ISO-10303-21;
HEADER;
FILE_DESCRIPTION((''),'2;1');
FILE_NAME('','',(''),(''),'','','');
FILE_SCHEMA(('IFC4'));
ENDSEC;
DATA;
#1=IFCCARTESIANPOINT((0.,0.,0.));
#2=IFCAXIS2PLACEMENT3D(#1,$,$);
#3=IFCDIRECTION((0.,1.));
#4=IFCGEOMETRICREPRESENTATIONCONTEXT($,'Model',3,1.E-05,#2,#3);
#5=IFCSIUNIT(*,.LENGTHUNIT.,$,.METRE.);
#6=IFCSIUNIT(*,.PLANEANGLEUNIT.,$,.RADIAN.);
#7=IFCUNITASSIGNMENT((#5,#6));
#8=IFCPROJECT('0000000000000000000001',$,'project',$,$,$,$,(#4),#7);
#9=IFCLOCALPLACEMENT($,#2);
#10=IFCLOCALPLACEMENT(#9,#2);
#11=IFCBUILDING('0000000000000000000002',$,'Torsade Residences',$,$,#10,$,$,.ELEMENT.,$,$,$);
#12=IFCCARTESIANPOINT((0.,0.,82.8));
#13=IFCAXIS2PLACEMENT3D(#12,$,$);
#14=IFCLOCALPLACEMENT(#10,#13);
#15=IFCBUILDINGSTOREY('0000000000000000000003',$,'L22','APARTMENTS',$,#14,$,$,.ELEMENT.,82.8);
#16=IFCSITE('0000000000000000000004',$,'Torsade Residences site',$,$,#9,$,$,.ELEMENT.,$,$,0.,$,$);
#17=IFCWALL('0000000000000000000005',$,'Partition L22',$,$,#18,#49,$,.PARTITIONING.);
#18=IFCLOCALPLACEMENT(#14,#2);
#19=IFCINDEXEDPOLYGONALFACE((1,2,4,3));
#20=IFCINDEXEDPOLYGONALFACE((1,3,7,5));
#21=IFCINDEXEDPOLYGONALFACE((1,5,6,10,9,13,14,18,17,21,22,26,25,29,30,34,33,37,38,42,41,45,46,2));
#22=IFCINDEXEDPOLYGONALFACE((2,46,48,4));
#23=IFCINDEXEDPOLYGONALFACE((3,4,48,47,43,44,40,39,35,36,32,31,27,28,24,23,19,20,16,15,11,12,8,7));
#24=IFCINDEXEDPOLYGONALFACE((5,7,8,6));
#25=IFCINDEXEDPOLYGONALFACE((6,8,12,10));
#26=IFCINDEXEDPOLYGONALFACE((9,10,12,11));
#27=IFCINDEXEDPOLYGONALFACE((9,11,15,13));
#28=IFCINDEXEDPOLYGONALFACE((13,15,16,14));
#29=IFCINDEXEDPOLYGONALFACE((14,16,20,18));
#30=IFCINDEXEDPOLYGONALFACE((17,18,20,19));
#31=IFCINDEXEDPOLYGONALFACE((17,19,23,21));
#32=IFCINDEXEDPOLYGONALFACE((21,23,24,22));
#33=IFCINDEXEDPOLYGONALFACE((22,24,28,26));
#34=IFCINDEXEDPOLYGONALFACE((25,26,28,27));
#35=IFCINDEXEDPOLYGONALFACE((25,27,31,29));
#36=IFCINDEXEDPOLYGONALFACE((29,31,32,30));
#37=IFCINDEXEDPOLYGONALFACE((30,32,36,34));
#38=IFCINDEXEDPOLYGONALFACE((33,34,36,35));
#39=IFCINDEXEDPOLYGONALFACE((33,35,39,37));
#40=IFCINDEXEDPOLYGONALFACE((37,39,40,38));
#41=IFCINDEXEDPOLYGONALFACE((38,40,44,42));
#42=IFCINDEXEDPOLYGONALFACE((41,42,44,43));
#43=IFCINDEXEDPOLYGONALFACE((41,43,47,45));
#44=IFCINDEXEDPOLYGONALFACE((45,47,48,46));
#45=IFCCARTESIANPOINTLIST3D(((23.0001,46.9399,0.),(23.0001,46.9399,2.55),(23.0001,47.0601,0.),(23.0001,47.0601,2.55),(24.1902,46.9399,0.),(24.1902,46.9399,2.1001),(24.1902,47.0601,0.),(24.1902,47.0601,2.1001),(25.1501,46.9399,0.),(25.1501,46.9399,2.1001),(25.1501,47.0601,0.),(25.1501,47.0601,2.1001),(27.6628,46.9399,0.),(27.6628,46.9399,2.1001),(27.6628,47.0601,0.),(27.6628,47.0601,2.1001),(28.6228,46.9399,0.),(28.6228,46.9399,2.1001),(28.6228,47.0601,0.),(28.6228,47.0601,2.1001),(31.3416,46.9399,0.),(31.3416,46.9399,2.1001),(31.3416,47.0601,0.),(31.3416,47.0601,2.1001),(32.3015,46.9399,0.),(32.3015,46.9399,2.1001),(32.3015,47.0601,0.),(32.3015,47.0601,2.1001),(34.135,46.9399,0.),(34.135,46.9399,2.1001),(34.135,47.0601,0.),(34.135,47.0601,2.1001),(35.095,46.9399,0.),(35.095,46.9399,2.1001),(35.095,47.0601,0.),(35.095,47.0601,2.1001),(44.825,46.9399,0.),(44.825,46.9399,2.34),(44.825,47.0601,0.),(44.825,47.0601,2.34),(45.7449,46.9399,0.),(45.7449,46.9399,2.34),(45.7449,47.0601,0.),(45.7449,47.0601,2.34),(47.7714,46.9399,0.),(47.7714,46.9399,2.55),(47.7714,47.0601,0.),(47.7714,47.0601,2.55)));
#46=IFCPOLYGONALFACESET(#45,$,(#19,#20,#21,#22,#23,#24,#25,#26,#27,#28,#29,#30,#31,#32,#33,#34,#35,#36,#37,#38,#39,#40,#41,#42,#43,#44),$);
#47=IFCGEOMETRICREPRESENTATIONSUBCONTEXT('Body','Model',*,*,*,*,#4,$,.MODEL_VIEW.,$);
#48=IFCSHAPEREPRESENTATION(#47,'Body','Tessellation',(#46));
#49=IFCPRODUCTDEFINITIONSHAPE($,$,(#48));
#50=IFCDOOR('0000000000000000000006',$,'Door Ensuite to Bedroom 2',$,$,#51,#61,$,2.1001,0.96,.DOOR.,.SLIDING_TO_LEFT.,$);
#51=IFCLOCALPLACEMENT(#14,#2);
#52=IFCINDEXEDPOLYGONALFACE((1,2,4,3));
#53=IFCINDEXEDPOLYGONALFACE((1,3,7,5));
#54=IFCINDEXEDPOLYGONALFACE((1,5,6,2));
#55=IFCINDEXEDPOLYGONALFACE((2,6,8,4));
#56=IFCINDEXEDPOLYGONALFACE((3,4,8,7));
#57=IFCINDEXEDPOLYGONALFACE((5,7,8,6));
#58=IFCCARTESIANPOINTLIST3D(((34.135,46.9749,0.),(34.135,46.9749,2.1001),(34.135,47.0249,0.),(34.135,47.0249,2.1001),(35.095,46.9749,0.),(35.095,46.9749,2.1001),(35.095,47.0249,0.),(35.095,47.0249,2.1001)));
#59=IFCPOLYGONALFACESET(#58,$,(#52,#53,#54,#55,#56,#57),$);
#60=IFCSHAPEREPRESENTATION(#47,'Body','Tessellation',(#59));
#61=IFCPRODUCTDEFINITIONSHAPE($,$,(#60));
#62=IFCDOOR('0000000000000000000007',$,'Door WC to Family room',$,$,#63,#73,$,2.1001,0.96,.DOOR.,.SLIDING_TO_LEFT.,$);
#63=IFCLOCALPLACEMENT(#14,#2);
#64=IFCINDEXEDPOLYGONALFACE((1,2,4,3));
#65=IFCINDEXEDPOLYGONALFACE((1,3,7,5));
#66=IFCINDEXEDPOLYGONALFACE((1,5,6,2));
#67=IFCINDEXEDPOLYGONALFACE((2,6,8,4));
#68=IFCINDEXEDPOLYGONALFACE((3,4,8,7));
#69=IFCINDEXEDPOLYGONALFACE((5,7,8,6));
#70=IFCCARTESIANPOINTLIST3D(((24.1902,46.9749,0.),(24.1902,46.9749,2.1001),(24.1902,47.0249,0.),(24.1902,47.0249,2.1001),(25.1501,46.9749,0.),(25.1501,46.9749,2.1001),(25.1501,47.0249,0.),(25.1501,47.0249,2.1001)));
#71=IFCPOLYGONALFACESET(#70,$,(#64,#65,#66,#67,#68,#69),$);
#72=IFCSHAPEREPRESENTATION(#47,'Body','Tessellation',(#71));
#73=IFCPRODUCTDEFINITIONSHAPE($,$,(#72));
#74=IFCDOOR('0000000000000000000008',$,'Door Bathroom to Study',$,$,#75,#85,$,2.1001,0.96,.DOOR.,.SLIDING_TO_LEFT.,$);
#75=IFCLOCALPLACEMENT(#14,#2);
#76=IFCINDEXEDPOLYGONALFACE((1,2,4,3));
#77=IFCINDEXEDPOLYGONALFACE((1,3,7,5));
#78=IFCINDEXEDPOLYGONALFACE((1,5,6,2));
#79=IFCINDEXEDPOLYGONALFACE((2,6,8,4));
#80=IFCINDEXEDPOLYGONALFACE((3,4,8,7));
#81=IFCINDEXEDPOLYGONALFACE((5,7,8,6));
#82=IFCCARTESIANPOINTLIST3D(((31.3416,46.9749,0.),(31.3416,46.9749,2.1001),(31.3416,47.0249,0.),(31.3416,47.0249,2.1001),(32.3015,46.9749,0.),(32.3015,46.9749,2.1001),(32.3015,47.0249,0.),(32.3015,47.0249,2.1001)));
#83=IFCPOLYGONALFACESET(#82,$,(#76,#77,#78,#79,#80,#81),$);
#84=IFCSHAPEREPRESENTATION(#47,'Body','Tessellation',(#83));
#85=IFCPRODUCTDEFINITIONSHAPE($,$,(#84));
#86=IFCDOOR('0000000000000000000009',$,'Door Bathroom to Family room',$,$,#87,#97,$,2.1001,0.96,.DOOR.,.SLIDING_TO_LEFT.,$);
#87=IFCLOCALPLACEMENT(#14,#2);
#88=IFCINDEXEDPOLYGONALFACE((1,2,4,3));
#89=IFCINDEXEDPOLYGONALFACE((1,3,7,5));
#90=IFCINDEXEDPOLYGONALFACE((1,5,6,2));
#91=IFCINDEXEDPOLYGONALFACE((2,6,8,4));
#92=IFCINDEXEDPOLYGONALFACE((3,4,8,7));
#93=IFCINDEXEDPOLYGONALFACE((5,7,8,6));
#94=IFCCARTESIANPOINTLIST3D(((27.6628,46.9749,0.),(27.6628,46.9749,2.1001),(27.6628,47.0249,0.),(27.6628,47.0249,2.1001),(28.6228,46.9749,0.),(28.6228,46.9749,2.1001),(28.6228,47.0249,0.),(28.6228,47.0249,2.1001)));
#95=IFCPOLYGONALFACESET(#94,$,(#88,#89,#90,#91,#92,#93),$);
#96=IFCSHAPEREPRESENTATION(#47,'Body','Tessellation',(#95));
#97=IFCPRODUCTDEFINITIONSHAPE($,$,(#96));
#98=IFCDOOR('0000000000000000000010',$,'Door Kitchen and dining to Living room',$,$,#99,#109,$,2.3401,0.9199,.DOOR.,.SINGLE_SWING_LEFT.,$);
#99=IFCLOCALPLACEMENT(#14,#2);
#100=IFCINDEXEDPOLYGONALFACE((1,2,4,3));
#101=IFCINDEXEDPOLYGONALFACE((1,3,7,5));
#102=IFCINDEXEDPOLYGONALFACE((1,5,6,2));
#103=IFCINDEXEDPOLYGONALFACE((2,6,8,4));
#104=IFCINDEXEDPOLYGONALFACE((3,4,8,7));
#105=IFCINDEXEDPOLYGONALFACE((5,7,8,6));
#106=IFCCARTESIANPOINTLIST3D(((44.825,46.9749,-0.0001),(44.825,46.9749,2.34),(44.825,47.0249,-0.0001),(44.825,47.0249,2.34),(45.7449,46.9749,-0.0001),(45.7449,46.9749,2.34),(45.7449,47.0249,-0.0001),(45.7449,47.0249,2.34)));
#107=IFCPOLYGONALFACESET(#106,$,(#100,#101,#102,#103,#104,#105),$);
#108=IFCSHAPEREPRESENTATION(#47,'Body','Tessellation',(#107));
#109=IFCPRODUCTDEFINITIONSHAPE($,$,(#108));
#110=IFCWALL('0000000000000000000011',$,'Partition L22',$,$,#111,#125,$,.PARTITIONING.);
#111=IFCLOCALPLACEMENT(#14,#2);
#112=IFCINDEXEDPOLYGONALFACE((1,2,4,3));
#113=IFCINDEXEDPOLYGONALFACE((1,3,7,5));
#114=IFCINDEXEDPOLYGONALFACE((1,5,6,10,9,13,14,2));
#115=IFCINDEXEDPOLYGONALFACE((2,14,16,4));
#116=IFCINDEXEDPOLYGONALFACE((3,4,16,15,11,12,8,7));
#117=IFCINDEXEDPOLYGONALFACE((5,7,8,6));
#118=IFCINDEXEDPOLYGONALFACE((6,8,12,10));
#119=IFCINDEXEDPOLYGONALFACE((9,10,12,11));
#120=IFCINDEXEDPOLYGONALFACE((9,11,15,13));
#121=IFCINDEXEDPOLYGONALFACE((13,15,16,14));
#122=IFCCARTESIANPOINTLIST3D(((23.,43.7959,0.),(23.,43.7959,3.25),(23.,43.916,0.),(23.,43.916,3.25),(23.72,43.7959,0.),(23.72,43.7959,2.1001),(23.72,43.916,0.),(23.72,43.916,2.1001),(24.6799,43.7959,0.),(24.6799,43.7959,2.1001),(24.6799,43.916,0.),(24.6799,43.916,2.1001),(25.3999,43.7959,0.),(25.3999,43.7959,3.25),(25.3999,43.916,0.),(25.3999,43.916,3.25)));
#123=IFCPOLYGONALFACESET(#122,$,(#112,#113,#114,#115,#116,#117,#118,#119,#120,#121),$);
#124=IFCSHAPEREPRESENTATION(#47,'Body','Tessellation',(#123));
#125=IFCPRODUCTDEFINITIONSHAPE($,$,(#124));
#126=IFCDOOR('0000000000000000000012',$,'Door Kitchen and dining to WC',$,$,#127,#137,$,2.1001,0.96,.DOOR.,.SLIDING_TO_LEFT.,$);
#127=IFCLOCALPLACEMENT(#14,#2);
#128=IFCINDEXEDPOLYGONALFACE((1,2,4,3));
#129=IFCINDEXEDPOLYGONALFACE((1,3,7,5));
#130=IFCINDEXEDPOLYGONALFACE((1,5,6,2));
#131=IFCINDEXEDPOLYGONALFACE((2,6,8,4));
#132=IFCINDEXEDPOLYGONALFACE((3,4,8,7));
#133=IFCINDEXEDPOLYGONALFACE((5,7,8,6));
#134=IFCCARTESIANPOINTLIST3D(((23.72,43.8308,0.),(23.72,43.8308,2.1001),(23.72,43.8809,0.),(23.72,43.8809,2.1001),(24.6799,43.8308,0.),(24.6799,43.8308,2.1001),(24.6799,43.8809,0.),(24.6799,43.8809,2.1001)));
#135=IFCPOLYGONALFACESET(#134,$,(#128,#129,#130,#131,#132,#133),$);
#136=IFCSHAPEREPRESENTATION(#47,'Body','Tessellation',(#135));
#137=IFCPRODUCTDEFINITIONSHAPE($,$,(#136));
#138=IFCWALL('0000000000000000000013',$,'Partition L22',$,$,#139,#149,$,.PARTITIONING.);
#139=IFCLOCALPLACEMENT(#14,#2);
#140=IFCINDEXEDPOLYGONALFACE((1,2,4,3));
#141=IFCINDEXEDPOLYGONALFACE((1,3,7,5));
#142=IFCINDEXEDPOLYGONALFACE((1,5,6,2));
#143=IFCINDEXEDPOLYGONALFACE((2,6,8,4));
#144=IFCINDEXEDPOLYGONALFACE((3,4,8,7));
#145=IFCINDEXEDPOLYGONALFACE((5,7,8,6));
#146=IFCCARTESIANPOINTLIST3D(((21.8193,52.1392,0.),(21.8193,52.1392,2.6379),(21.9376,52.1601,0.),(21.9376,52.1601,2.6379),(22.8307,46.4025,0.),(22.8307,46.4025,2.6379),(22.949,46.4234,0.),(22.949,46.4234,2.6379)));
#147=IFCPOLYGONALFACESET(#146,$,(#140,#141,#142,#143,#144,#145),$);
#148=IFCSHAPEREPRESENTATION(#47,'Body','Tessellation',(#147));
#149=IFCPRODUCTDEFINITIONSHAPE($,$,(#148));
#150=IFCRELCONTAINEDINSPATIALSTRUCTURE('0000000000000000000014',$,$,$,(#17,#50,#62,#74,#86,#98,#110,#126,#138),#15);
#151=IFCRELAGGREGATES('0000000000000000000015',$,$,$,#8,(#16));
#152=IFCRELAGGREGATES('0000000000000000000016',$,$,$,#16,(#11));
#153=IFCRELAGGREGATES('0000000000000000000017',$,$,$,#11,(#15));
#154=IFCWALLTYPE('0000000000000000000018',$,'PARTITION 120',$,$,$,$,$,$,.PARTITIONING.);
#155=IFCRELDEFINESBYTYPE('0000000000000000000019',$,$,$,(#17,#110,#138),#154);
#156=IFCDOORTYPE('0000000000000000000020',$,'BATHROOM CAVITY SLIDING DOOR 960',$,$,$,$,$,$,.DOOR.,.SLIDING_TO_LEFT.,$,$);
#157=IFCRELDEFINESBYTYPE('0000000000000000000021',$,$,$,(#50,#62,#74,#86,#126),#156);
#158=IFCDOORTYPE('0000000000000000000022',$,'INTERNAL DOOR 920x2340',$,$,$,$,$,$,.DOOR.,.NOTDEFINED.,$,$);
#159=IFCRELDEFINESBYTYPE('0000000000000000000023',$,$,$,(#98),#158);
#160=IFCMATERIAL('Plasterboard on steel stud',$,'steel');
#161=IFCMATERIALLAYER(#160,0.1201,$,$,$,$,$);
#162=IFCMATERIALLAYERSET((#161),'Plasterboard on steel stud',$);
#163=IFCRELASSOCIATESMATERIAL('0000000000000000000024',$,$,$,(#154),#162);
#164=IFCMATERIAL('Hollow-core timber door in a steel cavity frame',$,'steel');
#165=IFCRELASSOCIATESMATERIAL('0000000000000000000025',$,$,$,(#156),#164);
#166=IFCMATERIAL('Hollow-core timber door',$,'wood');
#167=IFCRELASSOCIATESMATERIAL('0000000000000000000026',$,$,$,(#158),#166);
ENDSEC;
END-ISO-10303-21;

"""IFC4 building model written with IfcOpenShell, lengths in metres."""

from ifc_helpers import new_model, si_unit, direction, frame, frame_2d, origin, place, context, subcontext, project, spatial, rectangle, extrude, material, layer, layer_set, type_object, element, fill, save


model = new_model("IFC4")

# Units and contexts
model_context = context("Model", 3, precision=1e-05, world=origin(), true_north=direction((0.0, 1.0)))
body_context = subcontext(model_context, "Body", "Model", "MODEL_VIEW")
ifc_project = project(units=[si_unit("LENGTHUNIT", "METRE"), si_unit("PLANEANGLEUNIT", "RADIAN")], contexts=[model_context])

# Site, building, storey
site_placement = place(None, origin())
site = spatial("IfcSite", under=ifc_project, at=site_placement, Name="Torsade Residences site", CompositionType="ELEMENT", RefElevation=0.0)
building_placement = place(site_placement, origin())
building = spatial("IfcBuilding", under=site, at=building_placement, Name="Torsade Residences", CompositionType="ELEMENT")
storey_placement = place(building_placement, frame((0.0, 0.0, 82.8)))
storey = spatial("IfcBuildingStorey", under=building, at=storey_placement, Name="L22", Description="APARTMENTS", CompositionType="ELEMENT", Elevation=82.8)

# Wall, openings, doors
ifc_material_1 = material(Name="Plasterboard on steel stud", Category="steel")
ifc_layer_1 = layer(ifc_material_1, 0.1201)
ifc_layer_set_1 = layer_set([ifc_layer_1], Name="Plasterboard on steel stud")
wall_type = type_object("IfcWallType", Name="PARTITION 120", PredefinedType="PARTITIONING", material=ifc_layer_set_1)
wall_1_placement = place(storey_placement, frame((23.0, 47.0, 0.0), z_axis=(0.0, 0.0, 1.0), x_axis=(1.0, 0.0, 0.0)))
wall_1 = element("IfcWall", 1, at=wall_1_placement, inside=storey, type_object=wall_type, Name="Partition L22", PredefinedType="PARTITIONING", context=body_context, shape_type="SweptSolid", body=[
    extrude(rectangle(XDim=24.7712, YDim=0.1201, at=frame_2d((12.3857, 0.0))), origin(), (0.0, 0.0, 1.0), 2.55),
])
opening_1_placement = place(wall_1_placement, frame((21.825, 0.0, 0.0)))
opening_1 = element("IfcOpeningElement", 2, at=opening_1_placement, cuts=wall_1, PredefinedType="OPENING", context=body_context, shape_type="SweptSolid", body=[
    extrude(rectangle(XDim=0.9199, YDim=2.3401, at=frame_2d((0.46, 1.1699))), frame((0.0, 0.0701, 0.0), z_axis=(0.0, -1.0, 0.0), x_axis=(1.0, 0.0, 0.0)), (0.0, 0.0, 1.0), 0.1401),
])
opening_2_placement = place(wall_1_placement, frame((11.135, 0.0, 0.0)))
opening_2 = element("IfcOpeningElement", 3, at=opening_2_placement, cuts=wall_1, PredefinedType="OPENING", context=body_context, shape_type="SweptSolid", body=[
    extrude(rectangle(XDim=0.96, YDim=2.1001, at=frame_2d((0.48, 1.05))), frame((0.0, 0.0701, 0.0), z_axis=(0.0, -1.0, 0.0), x_axis=(1.0, 0.0, 0.0)), (0.0, 0.0, 1.0), 0.1401),
])
opening_3_placement = place(wall_1_placement, frame((1.1902, 0.0, 0.0)))
opening_3 = element("IfcOpeningElement", 4, at=opening_3_placement, cuts=wall_1, PredefinedType="OPENING", context=body_context, shape_type="SweptSolid", body=[
    extrude(rectangle(XDim=0.96, YDim=2.1001, at=frame_2d((0.48, 1.05))), frame((0.0, 0.0701, 0.0), z_axis=(0.0, -1.0, 0.0), x_axis=(1.0, 0.0, 0.0)), (0.0, 0.0, 1.0), 0.1401),
])
opening_4_placement = place(wall_1_placement, frame((8.3416, 0.0, 0.0)))
opening_4 = element("IfcOpeningElement", 5, at=opening_4_placement, cuts=wall_1, PredefinedType="OPENING", context=body_context, shape_type="SweptSolid", body=[
    extrude(rectangle(XDim=0.96, YDim=2.1001, at=frame_2d((0.48, 1.05))), frame((0.0, 0.0701, 0.0), z_axis=(0.0, -1.0, 0.0), x_axis=(1.0, 0.0, 0.0)), (0.0, 0.0, 1.0), 0.1401),
])
opening_5_placement = place(wall_1_placement, frame((4.6628, 0.0, 0.0)))
opening_5 = element("IfcOpeningElement", 6, at=opening_5_placement, cuts=wall_1, PredefinedType="OPENING", context=body_context, shape_type="SweptSolid", body=[
    extrude(rectangle(XDim=0.96, YDim=2.1001, at=frame_2d((0.48, 1.05))), frame((0.0, 0.0701, 0.0), z_axis=(0.0, -1.0, 0.0), x_axis=(1.0, 0.0, 0.0)), (0.0, 0.0, 1.0), 0.1401),
])
ifc_material_2 = material(Name="Hollow-core timber door in a steel cavity frame", Category="steel")
door_type_1 = type_object("IfcDoorType", Name="BATHROOM CAVITY SLIDING DOOR 960", OperationType="SLIDING_TO_LEFT", PredefinedType="DOOR", material=ifc_material_2)
door_1_placement = place(opening_2_placement, origin())
door_1 = element("IfcDoor", 7, at=door_1_placement, inside=storey, type_object=door_type_1, Name="Door Ensuite to Bedroom 2", OperationType="SLIDING_TO_LEFT", OverallHeight=2.1001, OverallWidth=0.96, PredefinedType="DOOR", context=body_context, shape_type="SweptSolid", body=[
    extrude(rectangle(XDim=0.96, YDim=2.1001, at=frame_2d((0.48, 1.05))), frame((0.0, 0.0249, 0.0), z_axis=(0.0, -1.0, 0.0), x_axis=(1.0, 0.0, 0.0)), (0.0, 0.0, 1.0), 0.05),
])
fill(opening_2, door_1)
door_2_placement = place(opening_3_placement, origin())
door_2 = element("IfcDoor", 8, at=door_2_placement, inside=storey, type_object=door_type_1, Name="Door WC to Family room", OperationType="SLIDING_TO_LEFT", OverallHeight=2.1001, OverallWidth=0.96, PredefinedType="DOOR", context=body_context, shape_type="SweptSolid", body=[
    extrude(rectangle(XDim=0.96, YDim=2.1001, at=frame_2d((0.48, 1.05))), frame((0.0, 0.0249, 0.0), z_axis=(0.0, -1.0, 0.0), x_axis=(1.0, 0.0, 0.0)), (0.0, 0.0, 1.0), 0.05),
])
fill(opening_3, door_2)
door_3_placement = place(opening_4_placement, origin())
door_3 = element("IfcDoor", 9, at=door_3_placement, inside=storey, type_object=door_type_1, Name="Door Bathroom to Study", OperationType="SLIDING_TO_LEFT", OverallHeight=2.1001, OverallWidth=0.96, PredefinedType="DOOR", context=body_context, shape_type="SweptSolid", body=[
    extrude(rectangle(XDim=0.96, YDim=2.1001, at=frame_2d((0.48, 1.05))), frame((0.0, 0.0249, 0.0), z_axis=(0.0, -1.0, 0.0), x_axis=(1.0, 0.0, 0.0)), (0.0, 0.0, 1.0), 0.05),
])
fill(opening_4, door_3)
door_4_placement = place(opening_5_placement, origin())
door_4 = element("IfcDoor", 10, at=door_4_placement, inside=storey, type_object=door_type_1, Name="Door Bathroom to Family room", OperationType="SLIDING_TO_LEFT", OverallHeight=2.1001, OverallWidth=0.96, PredefinedType="DOOR", context=body_context, shape_type="SweptSolid", body=[
    extrude(rectangle(XDim=0.96, YDim=2.1001, at=frame_2d((0.48, 1.05))), frame((0.0, 0.0249, 0.0), z_axis=(0.0, -1.0, 0.0), x_axis=(1.0, 0.0, 0.0)), (0.0, 0.0, 1.0), 0.05),
])
fill(opening_5, door_4)
ifc_material_3 = material(Name="Hollow-core timber door", Category="wood")
door_type_2 = type_object("IfcDoorType", Name="INTERNAL DOOR 920x2340", OperationType="NOTDEFINED", PredefinedType="DOOR", material=ifc_material_3)
door_5_placement = place(opening_1_placement, origin())
door_5 = element("IfcDoor", 11, at=door_5_placement, inside=storey, type_object=door_type_2, Name="Door Kitchen and dining to Living room", OperationType="SINGLE_SWING_LEFT", OverallHeight=2.3401, OverallWidth=0.9199, PredefinedType="DOOR", context=body_context, shape_type="SweptSolid", body=[
    extrude(rectangle(XDim=0.9199, YDim=2.3401, at=frame_2d((0.46, 1.1699))), frame((0.0, 0.0249, 0.0), z_axis=(0.0, -1.0, 0.0), x_axis=(1.0, 0.0, 0.0)), (0.0, 0.0, 1.0), 0.05),
])
fill(opening_1, door_5)

# Wall, opening, door
wall_2_placement = place(storey_placement, frame((23.0, 43.856, 0.0), z_axis=(0.0, 0.0, 1.0), x_axis=(1.0, 0.0, 0.0)))
wall_2 = element("IfcWall", 12, at=wall_2_placement, inside=storey, type_object=wall_type, Name="Partition L22", PredefinedType="PARTITIONING", context=body_context, shape_type="SweptSolid", body=[
    extrude(rectangle(XDim=2.3999, YDim=0.1201, at=frame_2d((1.2, 0.0))), origin(), (0.0, 0.0, 1.0), 3.25),
])
opening_6_placement = place(wall_2_placement, frame((0.72, 0.0, 0.0)))
opening_6 = element("IfcOpeningElement", 13, at=opening_6_placement, cuts=wall_2, PredefinedType="OPENING", context=body_context, shape_type="SweptSolid", body=[
    extrude(rectangle(XDim=0.96, YDim=2.1001, at=frame_2d((0.48, 1.05))), frame((0.0, 0.0701, 0.0), z_axis=(0.0, -1.0, 0.0), x_axis=(1.0, 0.0, 0.0)), (0.0, 0.0, 1.0), 0.1401),
])
door_6_placement = place(opening_6_placement, origin())
door_6 = element("IfcDoor", 14, at=door_6_placement, inside=storey, type_object=door_type_1, Name="Door Kitchen and dining to WC", OperationType="SLIDING_TO_LEFT", OverallHeight=2.1001, OverallWidth=0.96, PredefinedType="DOOR", context=body_context, shape_type="SweptSolid", body=[
    extrude(rectangle(XDim=0.96, YDim=2.1001, at=frame_2d((0.48, 1.05))), frame((0.0, 0.0249, 0.0), z_axis=(0.0, -1.0, 0.0), x_axis=(1.0, 0.0, 0.0)), (0.0, 0.0, 1.0), 0.05),
])
fill(opening_6, door_6)

# Wall
wall_3_placement = place(storey_placement, frame((21.8784, 52.1497, 0.0), z_axis=(0.0, 0.0, 1.0), x_axis=(0.173635, -0.98481, 0.0)))
element("IfcWall", 15, at=wall_3_placement, inside=storey, type_object=wall_type, Name="Partition L22", PredefinedType="PARTITIONING", context=body_context, shape_type="SweptSolid", body=[
    extrude(rectangle(XDim=5.8252, YDim=0.1201, at=frame_2d((2.9126, 0.0))), origin(), (0.0, 0.0, 1.0), 2.6379),
])

save(model, "model.ifc")
